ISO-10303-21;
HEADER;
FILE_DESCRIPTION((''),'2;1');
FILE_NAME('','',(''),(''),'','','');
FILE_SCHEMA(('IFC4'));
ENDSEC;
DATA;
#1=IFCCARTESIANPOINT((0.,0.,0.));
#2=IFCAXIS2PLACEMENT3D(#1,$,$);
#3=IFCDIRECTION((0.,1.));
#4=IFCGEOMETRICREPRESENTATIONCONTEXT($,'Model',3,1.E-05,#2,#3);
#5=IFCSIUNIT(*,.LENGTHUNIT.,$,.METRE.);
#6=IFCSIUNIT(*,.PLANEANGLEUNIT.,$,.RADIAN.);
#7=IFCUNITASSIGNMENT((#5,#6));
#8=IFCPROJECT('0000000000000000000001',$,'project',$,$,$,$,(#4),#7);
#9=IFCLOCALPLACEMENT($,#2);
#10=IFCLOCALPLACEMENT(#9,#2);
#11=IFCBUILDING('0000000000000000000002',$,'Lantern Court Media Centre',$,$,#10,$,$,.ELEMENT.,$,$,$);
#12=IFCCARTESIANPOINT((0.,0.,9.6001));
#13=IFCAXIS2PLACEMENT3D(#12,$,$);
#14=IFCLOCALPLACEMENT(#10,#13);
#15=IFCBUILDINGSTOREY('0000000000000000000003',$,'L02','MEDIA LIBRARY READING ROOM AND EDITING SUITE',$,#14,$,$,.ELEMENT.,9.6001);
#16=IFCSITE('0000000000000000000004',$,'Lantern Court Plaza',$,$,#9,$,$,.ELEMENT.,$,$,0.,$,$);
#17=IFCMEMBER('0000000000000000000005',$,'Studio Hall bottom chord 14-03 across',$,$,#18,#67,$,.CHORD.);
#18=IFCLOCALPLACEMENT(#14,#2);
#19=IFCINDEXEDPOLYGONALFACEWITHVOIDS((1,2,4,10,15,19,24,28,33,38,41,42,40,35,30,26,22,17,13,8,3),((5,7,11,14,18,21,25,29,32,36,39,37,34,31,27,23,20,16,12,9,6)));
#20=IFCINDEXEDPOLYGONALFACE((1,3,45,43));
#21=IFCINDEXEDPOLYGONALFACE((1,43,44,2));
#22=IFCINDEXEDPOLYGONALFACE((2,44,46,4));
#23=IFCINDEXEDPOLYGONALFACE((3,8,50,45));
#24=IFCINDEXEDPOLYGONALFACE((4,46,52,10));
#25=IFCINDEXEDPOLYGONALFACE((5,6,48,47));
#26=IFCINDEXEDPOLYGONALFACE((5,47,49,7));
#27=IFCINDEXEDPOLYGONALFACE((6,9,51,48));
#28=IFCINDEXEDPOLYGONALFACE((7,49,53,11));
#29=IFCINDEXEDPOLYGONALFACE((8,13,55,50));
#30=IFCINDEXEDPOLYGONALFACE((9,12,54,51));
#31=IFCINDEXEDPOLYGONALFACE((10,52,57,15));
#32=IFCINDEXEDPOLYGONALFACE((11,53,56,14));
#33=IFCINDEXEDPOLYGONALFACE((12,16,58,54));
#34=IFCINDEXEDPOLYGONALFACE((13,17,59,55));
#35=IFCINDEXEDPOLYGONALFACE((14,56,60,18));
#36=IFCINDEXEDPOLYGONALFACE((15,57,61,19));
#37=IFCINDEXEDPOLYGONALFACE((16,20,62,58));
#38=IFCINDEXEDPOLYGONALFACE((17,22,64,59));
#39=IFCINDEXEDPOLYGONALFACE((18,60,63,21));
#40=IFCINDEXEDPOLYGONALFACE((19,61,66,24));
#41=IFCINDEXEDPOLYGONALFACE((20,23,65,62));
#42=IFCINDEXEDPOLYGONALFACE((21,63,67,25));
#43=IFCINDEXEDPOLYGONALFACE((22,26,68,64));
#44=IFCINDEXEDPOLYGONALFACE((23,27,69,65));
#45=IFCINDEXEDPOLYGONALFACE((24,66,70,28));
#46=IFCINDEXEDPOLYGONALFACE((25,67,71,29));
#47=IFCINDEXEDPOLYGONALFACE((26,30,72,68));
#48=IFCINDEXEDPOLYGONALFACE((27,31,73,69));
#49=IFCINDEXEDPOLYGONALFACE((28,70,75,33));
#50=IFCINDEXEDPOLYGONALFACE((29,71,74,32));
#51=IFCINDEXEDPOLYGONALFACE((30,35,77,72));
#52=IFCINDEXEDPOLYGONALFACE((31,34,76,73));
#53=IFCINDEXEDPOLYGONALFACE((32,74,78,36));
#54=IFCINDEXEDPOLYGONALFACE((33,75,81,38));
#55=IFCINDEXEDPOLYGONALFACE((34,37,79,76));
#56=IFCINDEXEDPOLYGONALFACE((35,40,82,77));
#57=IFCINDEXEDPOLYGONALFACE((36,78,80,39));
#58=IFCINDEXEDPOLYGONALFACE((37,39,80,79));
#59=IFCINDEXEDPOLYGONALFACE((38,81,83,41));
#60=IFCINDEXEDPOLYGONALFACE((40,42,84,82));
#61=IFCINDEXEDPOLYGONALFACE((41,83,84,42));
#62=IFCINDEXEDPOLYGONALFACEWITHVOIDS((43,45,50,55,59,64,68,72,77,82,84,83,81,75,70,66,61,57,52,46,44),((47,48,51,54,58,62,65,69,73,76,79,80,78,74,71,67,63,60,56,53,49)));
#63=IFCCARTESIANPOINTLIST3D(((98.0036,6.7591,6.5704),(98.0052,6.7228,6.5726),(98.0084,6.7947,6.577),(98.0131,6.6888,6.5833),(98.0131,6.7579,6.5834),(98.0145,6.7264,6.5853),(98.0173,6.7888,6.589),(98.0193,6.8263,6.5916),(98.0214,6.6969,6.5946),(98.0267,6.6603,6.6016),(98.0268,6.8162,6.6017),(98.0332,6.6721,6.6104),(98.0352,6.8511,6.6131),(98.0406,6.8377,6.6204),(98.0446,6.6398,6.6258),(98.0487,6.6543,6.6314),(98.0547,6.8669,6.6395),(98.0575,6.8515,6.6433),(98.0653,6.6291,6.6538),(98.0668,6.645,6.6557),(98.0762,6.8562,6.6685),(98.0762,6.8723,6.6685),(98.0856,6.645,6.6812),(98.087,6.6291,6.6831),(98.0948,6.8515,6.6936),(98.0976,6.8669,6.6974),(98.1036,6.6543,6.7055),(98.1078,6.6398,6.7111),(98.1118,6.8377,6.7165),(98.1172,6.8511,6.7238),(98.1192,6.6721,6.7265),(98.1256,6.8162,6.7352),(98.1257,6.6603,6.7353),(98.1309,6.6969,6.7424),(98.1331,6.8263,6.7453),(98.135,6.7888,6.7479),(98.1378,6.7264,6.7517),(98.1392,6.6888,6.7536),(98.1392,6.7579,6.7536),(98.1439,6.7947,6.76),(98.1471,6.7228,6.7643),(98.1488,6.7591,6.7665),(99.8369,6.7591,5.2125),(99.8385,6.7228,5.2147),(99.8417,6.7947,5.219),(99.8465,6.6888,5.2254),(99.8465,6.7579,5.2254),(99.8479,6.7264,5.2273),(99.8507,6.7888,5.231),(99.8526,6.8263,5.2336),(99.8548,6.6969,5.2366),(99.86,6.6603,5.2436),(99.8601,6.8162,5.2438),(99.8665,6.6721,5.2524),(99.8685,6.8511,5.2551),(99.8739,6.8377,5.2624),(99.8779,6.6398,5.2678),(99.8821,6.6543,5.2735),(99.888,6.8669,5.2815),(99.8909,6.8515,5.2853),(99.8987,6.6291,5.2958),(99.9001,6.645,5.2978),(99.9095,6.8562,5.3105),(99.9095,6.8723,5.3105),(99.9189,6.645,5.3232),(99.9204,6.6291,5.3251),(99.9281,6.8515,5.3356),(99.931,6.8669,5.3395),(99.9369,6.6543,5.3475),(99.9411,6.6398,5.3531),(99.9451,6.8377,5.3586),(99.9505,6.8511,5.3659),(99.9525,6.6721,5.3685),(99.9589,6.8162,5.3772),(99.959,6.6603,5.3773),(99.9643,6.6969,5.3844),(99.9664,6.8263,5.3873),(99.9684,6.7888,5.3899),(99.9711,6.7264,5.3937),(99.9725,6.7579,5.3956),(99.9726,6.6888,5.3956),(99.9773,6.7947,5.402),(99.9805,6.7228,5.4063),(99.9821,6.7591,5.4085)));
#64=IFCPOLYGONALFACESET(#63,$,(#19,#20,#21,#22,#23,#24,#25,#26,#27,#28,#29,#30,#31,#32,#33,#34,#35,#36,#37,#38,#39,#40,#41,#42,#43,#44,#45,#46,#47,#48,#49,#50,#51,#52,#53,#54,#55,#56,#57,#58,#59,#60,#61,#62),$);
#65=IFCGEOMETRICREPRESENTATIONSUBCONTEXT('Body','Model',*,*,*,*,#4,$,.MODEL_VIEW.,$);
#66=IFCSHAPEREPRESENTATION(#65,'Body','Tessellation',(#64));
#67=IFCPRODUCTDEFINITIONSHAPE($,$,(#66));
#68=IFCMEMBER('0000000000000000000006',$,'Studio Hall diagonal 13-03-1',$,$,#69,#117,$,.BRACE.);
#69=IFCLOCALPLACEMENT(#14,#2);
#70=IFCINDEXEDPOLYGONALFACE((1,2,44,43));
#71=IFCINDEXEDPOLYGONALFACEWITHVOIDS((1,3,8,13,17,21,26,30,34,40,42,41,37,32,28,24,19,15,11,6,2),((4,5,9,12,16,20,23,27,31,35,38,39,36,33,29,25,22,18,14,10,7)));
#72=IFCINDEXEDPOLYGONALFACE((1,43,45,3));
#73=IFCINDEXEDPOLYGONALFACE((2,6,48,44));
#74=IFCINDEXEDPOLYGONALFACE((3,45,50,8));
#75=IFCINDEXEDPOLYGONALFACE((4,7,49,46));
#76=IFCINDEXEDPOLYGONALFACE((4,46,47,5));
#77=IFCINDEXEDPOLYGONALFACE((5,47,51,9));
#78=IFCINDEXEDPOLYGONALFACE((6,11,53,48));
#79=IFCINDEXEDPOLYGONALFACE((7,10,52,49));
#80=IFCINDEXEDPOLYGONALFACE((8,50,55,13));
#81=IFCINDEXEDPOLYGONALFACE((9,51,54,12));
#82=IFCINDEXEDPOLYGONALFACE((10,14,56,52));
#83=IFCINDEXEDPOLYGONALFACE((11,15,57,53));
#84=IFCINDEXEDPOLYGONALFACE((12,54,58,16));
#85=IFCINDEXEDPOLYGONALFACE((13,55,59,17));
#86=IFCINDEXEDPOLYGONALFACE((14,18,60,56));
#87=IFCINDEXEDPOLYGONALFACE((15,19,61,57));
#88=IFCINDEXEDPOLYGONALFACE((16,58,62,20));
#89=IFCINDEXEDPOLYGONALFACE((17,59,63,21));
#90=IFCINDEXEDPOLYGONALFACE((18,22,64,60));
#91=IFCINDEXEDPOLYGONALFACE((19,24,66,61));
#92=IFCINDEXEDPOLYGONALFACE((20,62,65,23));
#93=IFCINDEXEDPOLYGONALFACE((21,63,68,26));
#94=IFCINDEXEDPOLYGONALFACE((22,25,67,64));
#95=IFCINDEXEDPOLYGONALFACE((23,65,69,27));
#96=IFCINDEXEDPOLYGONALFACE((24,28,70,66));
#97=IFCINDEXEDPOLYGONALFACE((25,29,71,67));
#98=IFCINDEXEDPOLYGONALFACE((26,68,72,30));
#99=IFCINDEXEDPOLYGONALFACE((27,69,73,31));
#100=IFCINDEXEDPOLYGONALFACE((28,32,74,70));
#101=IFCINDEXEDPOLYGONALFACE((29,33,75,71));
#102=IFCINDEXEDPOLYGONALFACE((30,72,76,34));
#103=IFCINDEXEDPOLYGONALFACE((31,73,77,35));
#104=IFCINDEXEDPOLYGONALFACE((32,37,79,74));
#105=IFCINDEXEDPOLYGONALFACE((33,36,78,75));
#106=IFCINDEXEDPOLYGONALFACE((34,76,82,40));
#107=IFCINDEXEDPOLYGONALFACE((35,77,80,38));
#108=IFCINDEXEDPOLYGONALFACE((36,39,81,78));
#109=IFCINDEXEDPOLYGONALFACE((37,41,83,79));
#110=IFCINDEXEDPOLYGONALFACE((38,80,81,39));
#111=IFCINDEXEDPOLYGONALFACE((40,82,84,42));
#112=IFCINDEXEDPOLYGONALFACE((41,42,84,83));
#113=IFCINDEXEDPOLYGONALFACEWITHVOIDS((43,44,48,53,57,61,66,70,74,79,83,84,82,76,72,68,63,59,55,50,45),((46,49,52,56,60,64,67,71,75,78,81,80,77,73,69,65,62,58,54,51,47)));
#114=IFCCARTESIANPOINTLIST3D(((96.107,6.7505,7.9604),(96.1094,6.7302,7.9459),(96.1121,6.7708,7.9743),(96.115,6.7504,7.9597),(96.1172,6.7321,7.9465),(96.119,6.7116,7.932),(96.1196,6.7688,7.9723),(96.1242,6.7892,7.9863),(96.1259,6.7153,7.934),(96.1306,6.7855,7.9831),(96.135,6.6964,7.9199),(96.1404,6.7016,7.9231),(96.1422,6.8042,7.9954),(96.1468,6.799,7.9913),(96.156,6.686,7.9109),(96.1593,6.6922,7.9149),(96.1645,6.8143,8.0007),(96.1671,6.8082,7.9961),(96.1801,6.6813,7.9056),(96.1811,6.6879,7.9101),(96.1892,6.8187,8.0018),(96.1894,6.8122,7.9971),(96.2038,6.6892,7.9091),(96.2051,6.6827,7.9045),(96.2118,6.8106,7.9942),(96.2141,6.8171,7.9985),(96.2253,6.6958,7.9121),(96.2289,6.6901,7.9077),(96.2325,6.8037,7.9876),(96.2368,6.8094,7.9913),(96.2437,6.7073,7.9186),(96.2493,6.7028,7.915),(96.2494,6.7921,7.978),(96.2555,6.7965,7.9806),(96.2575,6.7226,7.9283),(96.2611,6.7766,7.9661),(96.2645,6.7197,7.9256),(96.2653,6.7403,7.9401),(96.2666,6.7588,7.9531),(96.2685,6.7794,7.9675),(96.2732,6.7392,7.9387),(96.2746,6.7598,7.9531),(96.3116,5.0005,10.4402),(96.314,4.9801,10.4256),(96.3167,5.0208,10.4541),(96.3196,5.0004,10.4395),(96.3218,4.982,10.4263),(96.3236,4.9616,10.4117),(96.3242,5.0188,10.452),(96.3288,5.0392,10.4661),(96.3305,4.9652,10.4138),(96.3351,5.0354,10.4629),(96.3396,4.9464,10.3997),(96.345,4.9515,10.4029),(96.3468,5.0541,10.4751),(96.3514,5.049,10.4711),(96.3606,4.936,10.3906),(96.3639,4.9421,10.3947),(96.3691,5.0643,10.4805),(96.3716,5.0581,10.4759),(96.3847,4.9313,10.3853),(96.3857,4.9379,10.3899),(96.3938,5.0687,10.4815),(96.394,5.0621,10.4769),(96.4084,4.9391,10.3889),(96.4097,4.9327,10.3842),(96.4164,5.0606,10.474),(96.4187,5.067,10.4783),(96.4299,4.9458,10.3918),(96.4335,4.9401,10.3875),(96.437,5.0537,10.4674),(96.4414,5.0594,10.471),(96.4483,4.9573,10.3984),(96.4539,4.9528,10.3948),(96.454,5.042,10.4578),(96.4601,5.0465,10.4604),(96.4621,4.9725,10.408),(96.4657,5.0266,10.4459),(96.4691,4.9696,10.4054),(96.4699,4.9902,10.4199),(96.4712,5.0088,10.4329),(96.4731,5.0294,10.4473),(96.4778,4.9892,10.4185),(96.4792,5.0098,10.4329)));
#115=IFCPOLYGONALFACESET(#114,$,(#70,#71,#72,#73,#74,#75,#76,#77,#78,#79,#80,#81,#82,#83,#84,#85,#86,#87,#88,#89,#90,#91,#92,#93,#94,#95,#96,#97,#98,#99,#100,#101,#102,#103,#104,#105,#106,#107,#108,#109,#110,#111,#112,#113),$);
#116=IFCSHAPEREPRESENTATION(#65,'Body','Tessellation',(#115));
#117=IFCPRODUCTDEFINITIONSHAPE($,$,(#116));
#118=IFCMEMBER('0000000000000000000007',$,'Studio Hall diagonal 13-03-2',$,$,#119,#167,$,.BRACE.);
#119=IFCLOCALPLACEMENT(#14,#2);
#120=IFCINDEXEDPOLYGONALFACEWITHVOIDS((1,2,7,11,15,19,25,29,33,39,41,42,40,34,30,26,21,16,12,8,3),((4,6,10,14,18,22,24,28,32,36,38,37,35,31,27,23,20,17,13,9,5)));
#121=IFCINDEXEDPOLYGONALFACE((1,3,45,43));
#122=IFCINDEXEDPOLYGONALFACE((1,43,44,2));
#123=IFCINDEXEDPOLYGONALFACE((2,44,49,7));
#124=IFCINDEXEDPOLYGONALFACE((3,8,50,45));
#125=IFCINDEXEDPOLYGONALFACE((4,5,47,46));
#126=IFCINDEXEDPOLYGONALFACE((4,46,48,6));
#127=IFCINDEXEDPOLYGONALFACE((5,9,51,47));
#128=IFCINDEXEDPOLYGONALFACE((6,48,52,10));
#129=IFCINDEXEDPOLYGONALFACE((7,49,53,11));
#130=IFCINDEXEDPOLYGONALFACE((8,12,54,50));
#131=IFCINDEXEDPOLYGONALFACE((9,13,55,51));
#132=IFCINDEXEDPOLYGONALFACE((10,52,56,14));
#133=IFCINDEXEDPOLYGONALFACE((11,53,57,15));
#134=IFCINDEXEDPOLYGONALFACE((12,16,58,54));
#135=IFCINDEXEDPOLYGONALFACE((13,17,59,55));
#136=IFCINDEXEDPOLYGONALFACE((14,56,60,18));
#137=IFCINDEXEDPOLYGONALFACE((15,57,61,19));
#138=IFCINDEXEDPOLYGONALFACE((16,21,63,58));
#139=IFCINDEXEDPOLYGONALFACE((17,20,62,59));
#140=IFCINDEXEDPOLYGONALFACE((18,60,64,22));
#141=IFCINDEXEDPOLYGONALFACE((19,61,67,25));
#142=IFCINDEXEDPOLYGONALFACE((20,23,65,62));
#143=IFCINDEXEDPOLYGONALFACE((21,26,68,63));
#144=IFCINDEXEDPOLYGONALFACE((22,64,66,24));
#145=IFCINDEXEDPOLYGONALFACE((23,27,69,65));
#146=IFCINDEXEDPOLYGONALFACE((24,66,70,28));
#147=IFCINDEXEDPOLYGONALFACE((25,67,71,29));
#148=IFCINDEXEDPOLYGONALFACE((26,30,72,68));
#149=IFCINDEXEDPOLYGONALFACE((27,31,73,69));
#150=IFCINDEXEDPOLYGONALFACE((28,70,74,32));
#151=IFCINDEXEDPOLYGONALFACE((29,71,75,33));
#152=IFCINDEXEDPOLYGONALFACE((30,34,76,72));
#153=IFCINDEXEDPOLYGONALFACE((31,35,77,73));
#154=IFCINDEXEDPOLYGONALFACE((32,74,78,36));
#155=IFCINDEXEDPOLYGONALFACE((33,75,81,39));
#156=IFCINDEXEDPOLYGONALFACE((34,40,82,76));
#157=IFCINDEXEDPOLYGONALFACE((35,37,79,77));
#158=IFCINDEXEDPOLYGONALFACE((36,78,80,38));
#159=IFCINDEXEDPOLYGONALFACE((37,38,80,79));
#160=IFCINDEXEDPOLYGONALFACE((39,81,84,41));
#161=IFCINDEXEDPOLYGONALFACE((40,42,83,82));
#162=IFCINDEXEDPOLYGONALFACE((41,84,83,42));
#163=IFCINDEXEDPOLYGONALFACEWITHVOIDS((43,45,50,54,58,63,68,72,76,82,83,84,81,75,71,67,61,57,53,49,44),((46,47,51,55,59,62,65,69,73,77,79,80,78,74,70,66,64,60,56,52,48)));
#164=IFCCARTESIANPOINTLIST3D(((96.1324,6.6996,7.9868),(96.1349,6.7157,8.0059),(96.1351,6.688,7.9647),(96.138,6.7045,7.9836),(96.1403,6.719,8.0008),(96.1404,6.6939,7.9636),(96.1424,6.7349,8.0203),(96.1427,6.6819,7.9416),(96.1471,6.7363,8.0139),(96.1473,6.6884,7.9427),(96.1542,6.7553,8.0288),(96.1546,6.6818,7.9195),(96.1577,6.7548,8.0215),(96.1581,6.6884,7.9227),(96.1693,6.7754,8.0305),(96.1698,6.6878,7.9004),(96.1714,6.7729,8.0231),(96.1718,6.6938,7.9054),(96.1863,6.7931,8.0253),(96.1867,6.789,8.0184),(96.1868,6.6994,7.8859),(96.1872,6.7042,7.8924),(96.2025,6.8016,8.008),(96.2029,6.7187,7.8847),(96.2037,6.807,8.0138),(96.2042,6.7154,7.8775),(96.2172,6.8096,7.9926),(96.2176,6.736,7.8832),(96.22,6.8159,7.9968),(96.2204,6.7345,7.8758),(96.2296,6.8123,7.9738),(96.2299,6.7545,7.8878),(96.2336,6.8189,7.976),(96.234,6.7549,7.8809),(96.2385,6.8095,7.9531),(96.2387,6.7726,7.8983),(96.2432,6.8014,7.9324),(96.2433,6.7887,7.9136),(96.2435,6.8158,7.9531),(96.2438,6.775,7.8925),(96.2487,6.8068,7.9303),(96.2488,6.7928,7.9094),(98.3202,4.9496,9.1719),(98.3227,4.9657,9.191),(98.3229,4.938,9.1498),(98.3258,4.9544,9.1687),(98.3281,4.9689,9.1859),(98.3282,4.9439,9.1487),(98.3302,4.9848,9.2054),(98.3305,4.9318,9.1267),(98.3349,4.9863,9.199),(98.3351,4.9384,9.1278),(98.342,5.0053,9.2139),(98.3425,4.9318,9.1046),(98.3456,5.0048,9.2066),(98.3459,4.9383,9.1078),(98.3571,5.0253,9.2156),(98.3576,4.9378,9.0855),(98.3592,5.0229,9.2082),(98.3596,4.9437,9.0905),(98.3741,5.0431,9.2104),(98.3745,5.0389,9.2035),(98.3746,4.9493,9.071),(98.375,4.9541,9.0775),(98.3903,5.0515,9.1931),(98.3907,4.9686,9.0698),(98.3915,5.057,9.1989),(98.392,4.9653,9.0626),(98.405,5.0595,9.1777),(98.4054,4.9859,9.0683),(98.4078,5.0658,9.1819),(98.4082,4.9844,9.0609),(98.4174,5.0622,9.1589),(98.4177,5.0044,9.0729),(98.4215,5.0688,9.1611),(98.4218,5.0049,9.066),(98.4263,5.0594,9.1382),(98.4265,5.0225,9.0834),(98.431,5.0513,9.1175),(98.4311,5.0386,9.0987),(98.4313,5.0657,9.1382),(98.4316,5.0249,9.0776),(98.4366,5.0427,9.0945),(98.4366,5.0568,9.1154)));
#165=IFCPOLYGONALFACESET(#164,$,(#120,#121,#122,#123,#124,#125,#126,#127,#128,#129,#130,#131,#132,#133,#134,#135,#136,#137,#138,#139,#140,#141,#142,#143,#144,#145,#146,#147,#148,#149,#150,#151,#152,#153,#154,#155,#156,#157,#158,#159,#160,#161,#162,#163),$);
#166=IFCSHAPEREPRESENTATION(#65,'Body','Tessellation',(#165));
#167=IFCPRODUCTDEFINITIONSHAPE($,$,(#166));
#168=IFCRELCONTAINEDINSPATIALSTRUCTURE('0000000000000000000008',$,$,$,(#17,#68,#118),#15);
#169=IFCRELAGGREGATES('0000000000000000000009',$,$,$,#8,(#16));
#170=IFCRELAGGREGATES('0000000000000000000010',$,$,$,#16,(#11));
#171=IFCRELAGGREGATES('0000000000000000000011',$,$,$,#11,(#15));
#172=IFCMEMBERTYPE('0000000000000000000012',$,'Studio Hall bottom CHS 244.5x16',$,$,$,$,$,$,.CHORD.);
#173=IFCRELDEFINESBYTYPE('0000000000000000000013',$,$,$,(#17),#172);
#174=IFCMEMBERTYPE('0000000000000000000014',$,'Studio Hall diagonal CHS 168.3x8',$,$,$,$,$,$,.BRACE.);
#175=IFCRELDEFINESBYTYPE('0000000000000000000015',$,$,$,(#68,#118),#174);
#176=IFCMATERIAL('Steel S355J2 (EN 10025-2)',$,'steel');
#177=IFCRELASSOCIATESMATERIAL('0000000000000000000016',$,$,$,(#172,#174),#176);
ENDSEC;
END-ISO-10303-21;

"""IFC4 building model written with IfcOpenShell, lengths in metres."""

from ifc_helpers import new_model, si_unit, direction, frame, origin, origin_2d, place, context, subcontext, project, spatial, hollow_circle, extrude, material, material_profile, profile_set, type_object, element, save


model = new_model("IFC4")

# Units and contexts
model_context = context("Model", 3, precision=1e-05, world=origin(), true_north=direction((0.0, 1.0)))
body_context = subcontext(model_context, "Body", "Model", "MODEL_VIEW")
ifc_project = project(units=[si_unit("LENGTHUNIT", "METRE"), si_unit("PLANEANGLEUNIT", "RADIAN")], contexts=[model_context])

# Site, building, storey
site_placement = place(None, origin())
site = spatial("IfcSite", under=ifc_project, at=site_placement, Name="Lantern Court Plaza", CompositionType="ELEMENT", RefElevation=0.0)
building_placement = place(site_placement, origin())
building = spatial("IfcBuilding", under=site, at=building_placement, Name="Lantern Court Media Centre", CompositionType="ELEMENT")
storey_placement = place(building_placement, frame((0.0, 0.0, 9.6001)))
storey = spatial("IfcBuildingStorey", under=building, at=storey_placement, Name="L02", Description="MEDIA LIBRARY READING ROOM AND EDITING SUITE", CompositionType="ELEMENT", Elevation=9.6001)

# Members
ifc_material = material(Name="Steel S355J2 (EN 10025-2)", Category="steel")
ifc_material_profile_1 = material_profile(ifc_material, hollow_circle(Radius=0.1223, WallThickness=0.0161, at=origin_2d()), Name="Studio Hall bottom CHS 244.5x16")
ifc_profile_set_1 = profile_set([ifc_material_profile_1], Name="Steel S355J2 (EN 10025-2)")
member_type_1 = type_object("IfcMemberType", Name="Studio Hall bottom CHS 244.5x16", PredefinedType="CHORD", material=ifc_profile_set_1)
member_1_placement = place(storey_placement, frame((98.0762, 6.75, 6.6685), z_axis=(0.803569, 0.0, -0.595212), x_axis=(0.0, 1.0, 0.0)))
element("IfcMember", 1, at=member_1_placement, inside=storey, type_object=member_type_1, Name="Studio Hall bottom chord 14-03 across", PredefinedType="CHORD", context=body_context, shape_type="SweptSolid", body=[
    extrude(hollow_circle(Radius=0.1223, WallThickness=0.0161, at=origin_2d()), origin(), (0.0, 0.0, 1.0), 2.2815),
])
ifc_material_profile_2 = material_profile(ifc_material, hollow_circle(Radius=0.0842, WallThickness=0.0081, at=origin_2d()), Name="Studio Hall diagonal CHS 168.3x8")
ifc_profile_set_2 = profile_set([ifc_material_profile_2], Name="Steel S355J2 (EN 10025-2)")
member_type_2 = type_object("IfcMemberType", Name="Studio Hall diagonal CHS 168.3x8", PredefinedType="BRACE", material=ifc_profile_set_2)
for number, where, z_axis, x_axis, name in (
    (2, (96.1909, 6.75, 7.9531), (0.067256, -0.575289, 0.81518), (0.993235, 0.116118, 0.0), "Studio Hall diagonal 13-03-1"),
    (3, (96.1909, 6.75, 7.9531), (0.719206, -0.5753, 0.38958), (0.624653, 0.780903, 0.0), "Studio Hall diagonal 13-03-2"),
):
    element("IfcMember", number, at=place(storey_placement, frame(where, z_axis=z_axis, x_axis=x_axis)), inside=storey, type_object=member_type_2, Name=name, PredefinedType="BRACE", context=body_context, shape_type="SweptSolid", body=[
        extrude(hollow_circle(Radius=0.0842, WallThickness=0.0081, at=origin_2d()), origin(), (0.0, 0.0, 1.0), 3.042),
    ])

save(model, "model.ifc")
